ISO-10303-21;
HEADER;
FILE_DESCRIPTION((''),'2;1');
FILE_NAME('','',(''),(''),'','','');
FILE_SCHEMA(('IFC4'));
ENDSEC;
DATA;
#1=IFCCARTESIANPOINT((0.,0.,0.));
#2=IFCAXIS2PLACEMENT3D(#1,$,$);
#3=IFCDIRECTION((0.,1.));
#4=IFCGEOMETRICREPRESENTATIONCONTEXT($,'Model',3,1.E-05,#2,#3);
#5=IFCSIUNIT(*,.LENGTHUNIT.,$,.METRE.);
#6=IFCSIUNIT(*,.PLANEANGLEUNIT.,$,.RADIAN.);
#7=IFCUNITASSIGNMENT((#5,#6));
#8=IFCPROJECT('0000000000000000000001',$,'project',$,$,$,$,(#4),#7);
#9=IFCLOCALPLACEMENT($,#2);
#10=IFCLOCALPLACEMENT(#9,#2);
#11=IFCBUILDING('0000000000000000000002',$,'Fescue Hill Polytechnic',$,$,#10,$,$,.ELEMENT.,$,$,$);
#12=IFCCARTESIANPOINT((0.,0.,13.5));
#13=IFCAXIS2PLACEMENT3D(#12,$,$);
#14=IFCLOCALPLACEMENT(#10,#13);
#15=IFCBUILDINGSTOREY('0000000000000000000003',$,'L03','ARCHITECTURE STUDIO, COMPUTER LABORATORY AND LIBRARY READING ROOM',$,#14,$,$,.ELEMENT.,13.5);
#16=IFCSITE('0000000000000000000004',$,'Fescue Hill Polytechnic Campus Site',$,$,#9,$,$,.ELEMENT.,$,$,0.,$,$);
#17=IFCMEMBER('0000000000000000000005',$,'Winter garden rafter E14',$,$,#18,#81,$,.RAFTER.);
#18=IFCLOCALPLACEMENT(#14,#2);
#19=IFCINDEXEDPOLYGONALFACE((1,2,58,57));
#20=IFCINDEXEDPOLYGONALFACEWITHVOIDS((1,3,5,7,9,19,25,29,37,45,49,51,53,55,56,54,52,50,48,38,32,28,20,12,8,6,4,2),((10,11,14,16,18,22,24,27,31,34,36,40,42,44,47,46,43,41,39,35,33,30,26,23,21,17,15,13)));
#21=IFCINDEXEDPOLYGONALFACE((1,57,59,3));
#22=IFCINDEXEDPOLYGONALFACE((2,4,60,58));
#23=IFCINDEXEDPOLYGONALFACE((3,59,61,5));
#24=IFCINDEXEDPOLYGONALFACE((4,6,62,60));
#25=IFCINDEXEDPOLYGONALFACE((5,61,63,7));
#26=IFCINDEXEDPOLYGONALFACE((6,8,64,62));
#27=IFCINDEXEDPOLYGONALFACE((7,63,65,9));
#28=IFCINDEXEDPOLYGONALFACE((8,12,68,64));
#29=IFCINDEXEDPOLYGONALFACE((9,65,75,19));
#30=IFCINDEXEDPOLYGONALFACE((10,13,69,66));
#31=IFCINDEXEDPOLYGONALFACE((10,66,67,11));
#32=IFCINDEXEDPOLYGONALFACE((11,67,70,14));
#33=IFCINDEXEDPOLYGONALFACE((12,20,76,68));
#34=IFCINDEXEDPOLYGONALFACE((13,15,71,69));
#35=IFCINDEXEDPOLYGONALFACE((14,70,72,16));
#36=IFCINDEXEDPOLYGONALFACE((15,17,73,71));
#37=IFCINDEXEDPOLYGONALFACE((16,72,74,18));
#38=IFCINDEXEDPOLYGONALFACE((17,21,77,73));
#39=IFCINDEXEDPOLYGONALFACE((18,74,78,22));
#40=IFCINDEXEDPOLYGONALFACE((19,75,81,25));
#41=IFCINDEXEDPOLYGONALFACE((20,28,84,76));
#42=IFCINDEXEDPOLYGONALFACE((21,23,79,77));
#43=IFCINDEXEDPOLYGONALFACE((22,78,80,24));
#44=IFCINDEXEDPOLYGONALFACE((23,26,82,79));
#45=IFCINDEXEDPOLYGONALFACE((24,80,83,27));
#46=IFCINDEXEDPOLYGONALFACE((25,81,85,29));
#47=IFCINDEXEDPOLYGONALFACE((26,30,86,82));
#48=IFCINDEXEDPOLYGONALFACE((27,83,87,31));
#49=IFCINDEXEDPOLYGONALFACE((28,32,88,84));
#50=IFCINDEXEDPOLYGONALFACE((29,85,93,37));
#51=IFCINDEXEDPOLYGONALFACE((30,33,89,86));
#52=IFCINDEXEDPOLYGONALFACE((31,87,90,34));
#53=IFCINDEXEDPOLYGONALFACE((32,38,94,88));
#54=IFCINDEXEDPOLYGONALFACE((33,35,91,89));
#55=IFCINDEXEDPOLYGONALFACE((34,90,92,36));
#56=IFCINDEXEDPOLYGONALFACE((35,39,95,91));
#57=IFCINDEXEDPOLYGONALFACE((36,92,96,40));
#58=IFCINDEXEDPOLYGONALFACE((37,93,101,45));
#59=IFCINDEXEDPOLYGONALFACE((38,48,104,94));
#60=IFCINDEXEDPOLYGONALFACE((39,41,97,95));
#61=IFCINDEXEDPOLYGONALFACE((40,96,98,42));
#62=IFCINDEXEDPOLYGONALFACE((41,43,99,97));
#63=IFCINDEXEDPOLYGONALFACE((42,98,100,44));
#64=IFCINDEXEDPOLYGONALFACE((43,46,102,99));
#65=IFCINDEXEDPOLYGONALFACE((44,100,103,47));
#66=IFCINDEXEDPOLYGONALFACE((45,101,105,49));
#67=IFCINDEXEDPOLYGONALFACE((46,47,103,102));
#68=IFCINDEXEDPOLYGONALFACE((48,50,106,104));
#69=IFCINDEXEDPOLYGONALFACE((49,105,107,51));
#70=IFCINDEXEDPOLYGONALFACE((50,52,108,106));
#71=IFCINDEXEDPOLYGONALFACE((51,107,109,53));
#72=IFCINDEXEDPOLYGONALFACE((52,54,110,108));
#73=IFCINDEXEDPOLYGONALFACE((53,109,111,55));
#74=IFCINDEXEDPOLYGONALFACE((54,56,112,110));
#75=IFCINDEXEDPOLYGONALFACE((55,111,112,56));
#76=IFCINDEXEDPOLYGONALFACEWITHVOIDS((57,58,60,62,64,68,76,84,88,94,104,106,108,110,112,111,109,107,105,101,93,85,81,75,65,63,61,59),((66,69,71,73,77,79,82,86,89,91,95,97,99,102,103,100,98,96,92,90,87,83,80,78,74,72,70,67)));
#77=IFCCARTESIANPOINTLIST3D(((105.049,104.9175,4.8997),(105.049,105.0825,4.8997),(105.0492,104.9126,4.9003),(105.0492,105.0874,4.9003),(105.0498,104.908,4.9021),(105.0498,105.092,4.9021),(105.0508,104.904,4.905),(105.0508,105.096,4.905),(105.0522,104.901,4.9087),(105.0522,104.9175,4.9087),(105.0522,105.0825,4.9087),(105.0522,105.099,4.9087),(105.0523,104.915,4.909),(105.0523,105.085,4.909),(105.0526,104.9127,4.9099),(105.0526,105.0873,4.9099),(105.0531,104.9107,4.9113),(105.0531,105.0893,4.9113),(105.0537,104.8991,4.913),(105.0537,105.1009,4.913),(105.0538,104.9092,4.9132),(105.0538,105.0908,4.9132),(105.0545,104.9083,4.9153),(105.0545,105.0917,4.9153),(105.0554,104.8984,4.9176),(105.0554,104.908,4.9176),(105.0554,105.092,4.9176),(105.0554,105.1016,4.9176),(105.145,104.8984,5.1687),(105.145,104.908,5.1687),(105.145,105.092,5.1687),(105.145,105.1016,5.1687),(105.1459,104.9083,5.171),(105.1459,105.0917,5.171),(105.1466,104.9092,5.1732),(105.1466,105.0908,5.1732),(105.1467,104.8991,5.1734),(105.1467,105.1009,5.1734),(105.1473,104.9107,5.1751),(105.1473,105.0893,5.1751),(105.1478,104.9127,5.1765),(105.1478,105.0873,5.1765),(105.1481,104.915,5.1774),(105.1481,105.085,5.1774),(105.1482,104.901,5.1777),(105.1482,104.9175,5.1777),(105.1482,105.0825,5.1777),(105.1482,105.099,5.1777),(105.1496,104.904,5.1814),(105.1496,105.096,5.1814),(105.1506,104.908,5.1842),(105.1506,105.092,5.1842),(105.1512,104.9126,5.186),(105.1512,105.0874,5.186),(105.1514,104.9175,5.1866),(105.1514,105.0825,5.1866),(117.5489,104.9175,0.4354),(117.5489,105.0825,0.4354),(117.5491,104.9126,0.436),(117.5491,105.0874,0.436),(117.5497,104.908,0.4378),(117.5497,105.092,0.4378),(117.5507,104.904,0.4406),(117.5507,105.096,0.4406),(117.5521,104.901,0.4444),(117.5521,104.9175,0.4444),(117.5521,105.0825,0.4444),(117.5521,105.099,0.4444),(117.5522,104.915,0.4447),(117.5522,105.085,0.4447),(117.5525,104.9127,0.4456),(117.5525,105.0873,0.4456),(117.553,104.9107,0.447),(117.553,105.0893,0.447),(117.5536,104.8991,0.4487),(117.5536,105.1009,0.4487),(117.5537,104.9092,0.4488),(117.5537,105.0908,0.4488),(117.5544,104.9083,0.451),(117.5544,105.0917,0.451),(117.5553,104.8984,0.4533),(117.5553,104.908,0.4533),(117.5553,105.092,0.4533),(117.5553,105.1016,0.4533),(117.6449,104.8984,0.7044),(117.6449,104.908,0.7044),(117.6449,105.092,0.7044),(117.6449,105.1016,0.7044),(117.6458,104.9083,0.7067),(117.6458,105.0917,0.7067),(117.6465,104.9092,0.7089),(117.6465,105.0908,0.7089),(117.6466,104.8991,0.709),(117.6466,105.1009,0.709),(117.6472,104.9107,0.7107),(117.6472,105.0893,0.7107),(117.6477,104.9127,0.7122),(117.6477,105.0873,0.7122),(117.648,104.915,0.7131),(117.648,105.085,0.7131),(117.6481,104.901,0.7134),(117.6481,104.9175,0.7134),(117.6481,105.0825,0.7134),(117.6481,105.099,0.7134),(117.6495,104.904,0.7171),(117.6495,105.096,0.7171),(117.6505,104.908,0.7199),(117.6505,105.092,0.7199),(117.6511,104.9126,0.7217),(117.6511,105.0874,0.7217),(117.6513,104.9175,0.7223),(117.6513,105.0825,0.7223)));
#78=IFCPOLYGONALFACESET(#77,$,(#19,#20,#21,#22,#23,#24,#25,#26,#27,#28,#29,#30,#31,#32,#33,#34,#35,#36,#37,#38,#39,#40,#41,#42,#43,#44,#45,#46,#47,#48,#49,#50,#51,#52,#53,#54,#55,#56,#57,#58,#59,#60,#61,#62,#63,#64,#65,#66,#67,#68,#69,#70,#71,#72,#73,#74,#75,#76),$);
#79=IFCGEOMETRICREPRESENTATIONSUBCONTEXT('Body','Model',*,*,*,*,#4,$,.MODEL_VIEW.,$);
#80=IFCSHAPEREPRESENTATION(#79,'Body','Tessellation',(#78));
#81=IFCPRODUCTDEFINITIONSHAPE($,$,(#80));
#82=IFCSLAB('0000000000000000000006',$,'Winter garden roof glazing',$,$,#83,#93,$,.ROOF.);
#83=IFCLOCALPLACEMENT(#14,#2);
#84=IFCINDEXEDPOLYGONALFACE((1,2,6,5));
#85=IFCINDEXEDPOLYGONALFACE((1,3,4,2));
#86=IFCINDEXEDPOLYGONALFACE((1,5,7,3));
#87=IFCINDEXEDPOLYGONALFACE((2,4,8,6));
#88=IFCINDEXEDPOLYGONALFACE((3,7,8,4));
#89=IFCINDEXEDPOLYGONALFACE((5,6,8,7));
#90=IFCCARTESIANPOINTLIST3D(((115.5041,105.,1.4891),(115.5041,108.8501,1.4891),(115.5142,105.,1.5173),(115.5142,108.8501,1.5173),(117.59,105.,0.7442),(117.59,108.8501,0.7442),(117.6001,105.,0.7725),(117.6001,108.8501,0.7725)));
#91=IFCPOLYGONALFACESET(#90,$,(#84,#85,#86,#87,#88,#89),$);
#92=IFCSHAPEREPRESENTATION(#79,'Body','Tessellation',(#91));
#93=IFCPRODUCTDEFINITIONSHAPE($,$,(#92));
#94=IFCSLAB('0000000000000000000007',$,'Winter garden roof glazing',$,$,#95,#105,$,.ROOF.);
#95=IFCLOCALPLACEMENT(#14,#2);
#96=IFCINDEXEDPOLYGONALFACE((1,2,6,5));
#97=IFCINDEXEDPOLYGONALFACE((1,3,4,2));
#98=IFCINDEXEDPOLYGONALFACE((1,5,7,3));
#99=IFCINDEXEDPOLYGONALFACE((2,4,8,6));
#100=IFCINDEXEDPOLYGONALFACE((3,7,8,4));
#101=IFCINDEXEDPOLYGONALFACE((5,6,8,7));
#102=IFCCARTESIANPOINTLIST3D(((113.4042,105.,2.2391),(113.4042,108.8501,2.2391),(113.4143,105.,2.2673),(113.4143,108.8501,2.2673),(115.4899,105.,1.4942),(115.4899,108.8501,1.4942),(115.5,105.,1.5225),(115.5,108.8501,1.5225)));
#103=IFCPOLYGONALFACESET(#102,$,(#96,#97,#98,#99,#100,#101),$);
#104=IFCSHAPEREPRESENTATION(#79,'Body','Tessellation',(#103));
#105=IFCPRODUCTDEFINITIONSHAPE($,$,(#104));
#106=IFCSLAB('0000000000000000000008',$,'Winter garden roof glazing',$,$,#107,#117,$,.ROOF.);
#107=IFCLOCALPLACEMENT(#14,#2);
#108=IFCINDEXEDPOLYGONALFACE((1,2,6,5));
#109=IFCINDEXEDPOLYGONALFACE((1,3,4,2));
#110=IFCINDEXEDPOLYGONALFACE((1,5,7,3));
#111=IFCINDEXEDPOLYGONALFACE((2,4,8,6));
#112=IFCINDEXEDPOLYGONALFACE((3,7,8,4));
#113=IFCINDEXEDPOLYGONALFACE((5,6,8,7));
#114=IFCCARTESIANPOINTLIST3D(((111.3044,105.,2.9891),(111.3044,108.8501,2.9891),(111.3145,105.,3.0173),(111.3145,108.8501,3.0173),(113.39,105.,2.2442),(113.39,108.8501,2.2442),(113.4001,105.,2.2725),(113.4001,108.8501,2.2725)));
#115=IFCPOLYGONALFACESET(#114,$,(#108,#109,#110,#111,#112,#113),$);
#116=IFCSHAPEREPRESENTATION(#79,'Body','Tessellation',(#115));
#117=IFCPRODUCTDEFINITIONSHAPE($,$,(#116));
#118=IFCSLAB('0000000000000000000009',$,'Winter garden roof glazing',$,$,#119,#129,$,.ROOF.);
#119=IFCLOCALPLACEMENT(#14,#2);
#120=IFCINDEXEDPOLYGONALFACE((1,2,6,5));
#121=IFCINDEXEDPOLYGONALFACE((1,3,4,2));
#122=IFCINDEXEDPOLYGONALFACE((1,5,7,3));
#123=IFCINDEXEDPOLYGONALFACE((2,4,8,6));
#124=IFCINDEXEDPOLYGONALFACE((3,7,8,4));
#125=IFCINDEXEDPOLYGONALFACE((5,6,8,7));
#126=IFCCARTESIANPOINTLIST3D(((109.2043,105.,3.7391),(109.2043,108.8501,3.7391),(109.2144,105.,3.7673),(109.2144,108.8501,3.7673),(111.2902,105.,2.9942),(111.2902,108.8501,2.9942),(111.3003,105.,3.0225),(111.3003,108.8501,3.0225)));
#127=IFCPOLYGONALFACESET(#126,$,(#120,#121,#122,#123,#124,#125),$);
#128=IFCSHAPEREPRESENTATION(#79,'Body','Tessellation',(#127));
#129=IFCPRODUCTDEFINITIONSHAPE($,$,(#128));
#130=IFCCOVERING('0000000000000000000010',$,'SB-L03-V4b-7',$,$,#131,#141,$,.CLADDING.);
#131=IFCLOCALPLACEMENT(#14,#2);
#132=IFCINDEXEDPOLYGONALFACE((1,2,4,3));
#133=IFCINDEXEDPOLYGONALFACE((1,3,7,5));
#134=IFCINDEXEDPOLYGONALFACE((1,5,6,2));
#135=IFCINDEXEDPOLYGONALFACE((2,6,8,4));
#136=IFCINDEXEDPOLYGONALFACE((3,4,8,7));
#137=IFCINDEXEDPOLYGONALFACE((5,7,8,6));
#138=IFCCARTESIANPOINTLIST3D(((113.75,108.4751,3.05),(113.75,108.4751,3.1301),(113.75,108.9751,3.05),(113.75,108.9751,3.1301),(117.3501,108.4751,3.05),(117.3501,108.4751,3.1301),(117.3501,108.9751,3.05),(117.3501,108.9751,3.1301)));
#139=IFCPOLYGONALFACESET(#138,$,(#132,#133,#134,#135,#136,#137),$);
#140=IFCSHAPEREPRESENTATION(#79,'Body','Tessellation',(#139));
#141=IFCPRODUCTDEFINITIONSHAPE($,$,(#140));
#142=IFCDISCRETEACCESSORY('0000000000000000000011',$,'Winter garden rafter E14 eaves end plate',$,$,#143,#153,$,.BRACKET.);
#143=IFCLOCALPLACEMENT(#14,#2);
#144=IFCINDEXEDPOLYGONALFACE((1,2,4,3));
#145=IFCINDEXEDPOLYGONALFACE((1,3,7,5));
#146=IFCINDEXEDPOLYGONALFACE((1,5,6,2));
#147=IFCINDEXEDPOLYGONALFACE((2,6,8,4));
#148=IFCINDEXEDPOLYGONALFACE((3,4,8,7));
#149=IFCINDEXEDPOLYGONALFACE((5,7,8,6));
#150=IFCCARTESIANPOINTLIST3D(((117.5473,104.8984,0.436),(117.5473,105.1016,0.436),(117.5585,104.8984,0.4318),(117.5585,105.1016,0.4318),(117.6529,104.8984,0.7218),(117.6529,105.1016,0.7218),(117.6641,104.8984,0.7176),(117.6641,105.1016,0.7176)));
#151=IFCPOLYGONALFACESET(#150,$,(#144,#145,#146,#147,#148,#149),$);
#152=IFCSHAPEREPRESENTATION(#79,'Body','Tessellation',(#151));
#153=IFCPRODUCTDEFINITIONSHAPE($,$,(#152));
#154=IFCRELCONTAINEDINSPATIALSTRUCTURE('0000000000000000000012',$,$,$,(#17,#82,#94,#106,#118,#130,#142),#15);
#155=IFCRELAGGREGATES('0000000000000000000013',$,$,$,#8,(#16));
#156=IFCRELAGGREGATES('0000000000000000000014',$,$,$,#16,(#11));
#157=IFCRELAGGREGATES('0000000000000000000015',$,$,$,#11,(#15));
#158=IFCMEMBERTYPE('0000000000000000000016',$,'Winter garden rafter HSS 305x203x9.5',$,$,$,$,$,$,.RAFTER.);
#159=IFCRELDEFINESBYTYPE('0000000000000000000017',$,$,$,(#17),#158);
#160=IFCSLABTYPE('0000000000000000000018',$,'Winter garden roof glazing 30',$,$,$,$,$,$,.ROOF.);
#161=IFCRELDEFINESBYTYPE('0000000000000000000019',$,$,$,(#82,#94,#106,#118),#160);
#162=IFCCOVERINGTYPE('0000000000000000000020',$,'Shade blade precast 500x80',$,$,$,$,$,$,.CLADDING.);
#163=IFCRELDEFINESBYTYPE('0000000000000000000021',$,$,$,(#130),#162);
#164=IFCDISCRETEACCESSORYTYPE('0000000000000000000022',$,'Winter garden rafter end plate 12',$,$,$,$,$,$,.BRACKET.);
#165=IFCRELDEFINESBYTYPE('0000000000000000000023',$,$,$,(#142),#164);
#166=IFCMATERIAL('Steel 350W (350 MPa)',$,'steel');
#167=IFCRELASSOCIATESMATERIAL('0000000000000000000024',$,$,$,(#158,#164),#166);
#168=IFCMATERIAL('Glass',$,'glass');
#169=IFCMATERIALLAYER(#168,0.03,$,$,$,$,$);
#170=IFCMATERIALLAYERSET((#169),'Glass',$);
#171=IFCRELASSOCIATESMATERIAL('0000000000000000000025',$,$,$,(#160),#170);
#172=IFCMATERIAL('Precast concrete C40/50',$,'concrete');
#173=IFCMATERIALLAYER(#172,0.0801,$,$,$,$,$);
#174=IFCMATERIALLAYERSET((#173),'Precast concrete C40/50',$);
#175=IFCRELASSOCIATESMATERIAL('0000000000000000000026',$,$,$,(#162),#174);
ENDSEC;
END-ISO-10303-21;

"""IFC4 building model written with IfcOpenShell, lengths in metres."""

from ifc_helpers import new_model, si_unit, direction, frame, origin, origin_2d, place, context, subcontext, project, spatial, polyline, rectangle, hollow_rectangle, outline, extrude, material, layer, layer_set, material_profile, profile_set, type_object, element, save


model = new_model("IFC4")

# Units and contexts
model_context = context("Model", 3, precision=1e-05, world=origin(), true_north=direction((0.0, 1.0)))
body_context = subcontext(model_context, "Body", "Model", "MODEL_VIEW")
ifc_project = project(units=[si_unit("LENGTHUNIT", "METRE"), si_unit("PLANEANGLEUNIT", "RADIAN")], contexts=[model_context])

# Site, building, storey
site_placement = place(None, origin())
site = spatial("IfcSite", under=ifc_project, at=site_placement, Name="Fescue Hill Polytechnic Campus Site", CompositionType="ELEMENT", RefElevation=0.0)
building_placement = place(site_placement, origin())
building = spatial("IfcBuilding", under=site, at=building_placement, Name="Fescue Hill Polytechnic", CompositionType="ELEMENT")
storey_placement = place(building_placement, frame((0.0, 0.0, 13.5)))
storey = spatial("IfcBuildingStorey", under=building, at=storey_placement, Name="L03", Description="ARCHITECTURE STUDIO, COMPUTER LABORATORY AND LIBRARY READING ROOM", CompositionType="ELEMENT", Elevation=13.5)

# Member
ifc_material_1 = material(Name="Steel 350W (350 MPa)", Category="steel")
ifc_material_profile_1 = material_profile(ifc_material_1, hollow_rectangle(XDim=0.2031, YDim=0.3047, WallThickness=0.0095, InnerFilletRadius=0.0095, OuterFilletRadius=0.019, at=origin_2d()), Name="Winter garden rafter HSS 305x203x9.5")
ifc_profile_set_1 = profile_set([ifc_material_profile_1], Name="Steel 350W (350 MPa)")
member_type_1 = type_object("IfcMemberType", Name="Winter garden rafter HSS 305x203x9.5", PredefinedType="RAFTER", material=ifc_profile_set_1)
member_1_placement = place(storey_placement, frame((117.6001, 105.0, 0.5789), z_axis=(-0.94174, 0.0, 0.336341), x_axis=(0.0, -1.0, 0.0)))
element("IfcMember", 1, at=member_1_placement, inside=storey, type_object=member_type_1, Name="Winter garden rafter E14", PredefinedType="RAFTER", context=body_context, shape_type="SweptSolid", body=[
    extrude(hollow_rectangle(XDim=0.2031, YDim=0.3047, WallThickness=0.0095, InnerFilletRadius=0.0095, OuterFilletRadius=0.019, at=origin_2d()), origin(), (0.0, 0.0, 1.0), 13.2732),
])

# Slabs
ifc_material_2 = material(Name="Glass", Category="glass")
ifc_layer_1 = layer(ifc_material_2, 0.03)
ifc_layer_set_1 = layer_set([ifc_layer_1], Name="Glass")
slab_type = type_object("IfcSlabType", Name="Winter garden roof glazing 30", PredefinedType="ROOF", material=ifc_layer_set_1)
slab_1_placement = place(storey_placement, frame((117.6001, 105.0, 0.7725), z_axis=(0.336295, 0.0, 0.941757), x_axis=(0.0, 1.0, 0.0)))
element("IfcSlab", 2, at=slab_1_placement, inside=storey, type_object=slab_type, Name="Winter garden roof glazing", PredefinedType="ROOF", context=body_context, shape_type="SweptSolid", body=[
    extrude(outline(polyline([(0.0, 0.0), (3.8501, 0.0), (3.8501, 2.2149), (0.0, 2.2149), (0.0, 0.0)])), origin(), (0.0, 0.0, -1.0), 0.03),
])
for number, where, z_axis, x_axis, name in (
    (3, (115.5, 105.0, 1.5225), (0.336329, 0.0, 0.941744), (0.0, 1.0, 0.0), "Winter garden roof glazing"),
    (4, (113.4001, 105.0, 2.2725), (0.336329, 0.0, 0.941744), (0.0, 1.0, 0.0), "Winter garden roof glazing"),
):
    element("IfcSlab", number, at=place(storey_placement, frame(where, z_axis=z_axis, x_axis=x_axis)), inside=storey, type_object=slab_type, Name=name, PredefinedType="ROOF", context=body_context, shape_type="SweptSolid", body=[
        extrude(outline(polyline([(0.0, 0.0), (3.8501, 0.0), (3.8501, 2.2147), (0.0, 2.2147), (0.0, 0.0)])), origin(), (0.0, 0.0, -1.0), 0.03),
    ])
slab_2_placement = place(storey_placement, frame((111.3003, 105.0, 3.0225), z_axis=(0.336295, 0.0, 0.941757), x_axis=(0.0, 1.0, 0.0)))
element("IfcSlab", 5, at=slab_2_placement, inside=storey, type_object=slab_type, Name="Winter garden roof glazing", PredefinedType="ROOF", context=body_context, shape_type="SweptSolid", body=[
    extrude(outline(polyline([(0.0, 0.0), (3.8501, 0.0), (3.8501, 2.2149), (0.0, 2.2149), (0.0, 0.0)])), origin(), (0.0, 0.0, -1.0), 0.03),
])

# Covering
ifc_material_3 = material(Name="Precast concrete C40/50", Category="concrete")
ifc_layer_2 = layer(ifc_material_3, 0.0801)
ifc_layer_set_2 = layer_set([ifc_layer_2], Name="Precast concrete C40/50")
covering_type = type_object("IfcCoveringType", Name="Shade blade precast 500x80", PredefinedType="CLADDING", material=ifc_layer_set_2)
covering_placement = place(storey_placement, frame((115.55, 108.7251, 3.05), z_axis=(0.0, 0.0, 1.0), x_axis=(1.0, 0.0, 0.0)))
element("IfcCovering", 6, at=covering_placement, inside=storey, type_object=covering_type, Name="SB-L03-V4b-7", PredefinedType="CLADDING", context=body_context, shape_type="SweptSolid", body=[
    extrude(rectangle(XDim=3.6001, YDim=0.5, at=origin_2d()), origin(), (0.0, 0.0, 1.0), 0.0801),
])

# Discrete accessory
ifc_material_profile_2 = material_profile(ifc_material_1, rectangle(XDim=0.2031, YDim=0.3047, at=origin_2d()), Name="Winter garden rafter end plate 12")
ifc_profile_set_2 = profile_set([ifc_material_profile_2], Name="Steel 350W (350 MPa)")
discrete_accessory_type = type_object("IfcDiscreteAccessoryType", Name="Winter garden rafter end plate 12", PredefinedType="BRACKET", material=ifc_profile_set_2)
discrete_accessory_placement = place(storey_placement, frame((117.6113, 105.0, 0.5747), z_axis=(-0.937994, 0.0, 0.34665), x_axis=(0.0, -1.0, 0.0)))
element("IfcDiscreteAccessory", 7, at=discrete_accessory_placement, inside=storey, type_object=discrete_accessory_type, Name="Winter garden rafter E14 eaves end plate", PredefinedType="BRACKET", context=body_context, shape_type="SweptSolid", body=[
    extrude(rectangle(XDim=0.2031, YDim=0.3047, at=origin_2d()), origin(), (0.0, 0.0, 1.0), 0.012),
])

save(model, "model.ifc")
